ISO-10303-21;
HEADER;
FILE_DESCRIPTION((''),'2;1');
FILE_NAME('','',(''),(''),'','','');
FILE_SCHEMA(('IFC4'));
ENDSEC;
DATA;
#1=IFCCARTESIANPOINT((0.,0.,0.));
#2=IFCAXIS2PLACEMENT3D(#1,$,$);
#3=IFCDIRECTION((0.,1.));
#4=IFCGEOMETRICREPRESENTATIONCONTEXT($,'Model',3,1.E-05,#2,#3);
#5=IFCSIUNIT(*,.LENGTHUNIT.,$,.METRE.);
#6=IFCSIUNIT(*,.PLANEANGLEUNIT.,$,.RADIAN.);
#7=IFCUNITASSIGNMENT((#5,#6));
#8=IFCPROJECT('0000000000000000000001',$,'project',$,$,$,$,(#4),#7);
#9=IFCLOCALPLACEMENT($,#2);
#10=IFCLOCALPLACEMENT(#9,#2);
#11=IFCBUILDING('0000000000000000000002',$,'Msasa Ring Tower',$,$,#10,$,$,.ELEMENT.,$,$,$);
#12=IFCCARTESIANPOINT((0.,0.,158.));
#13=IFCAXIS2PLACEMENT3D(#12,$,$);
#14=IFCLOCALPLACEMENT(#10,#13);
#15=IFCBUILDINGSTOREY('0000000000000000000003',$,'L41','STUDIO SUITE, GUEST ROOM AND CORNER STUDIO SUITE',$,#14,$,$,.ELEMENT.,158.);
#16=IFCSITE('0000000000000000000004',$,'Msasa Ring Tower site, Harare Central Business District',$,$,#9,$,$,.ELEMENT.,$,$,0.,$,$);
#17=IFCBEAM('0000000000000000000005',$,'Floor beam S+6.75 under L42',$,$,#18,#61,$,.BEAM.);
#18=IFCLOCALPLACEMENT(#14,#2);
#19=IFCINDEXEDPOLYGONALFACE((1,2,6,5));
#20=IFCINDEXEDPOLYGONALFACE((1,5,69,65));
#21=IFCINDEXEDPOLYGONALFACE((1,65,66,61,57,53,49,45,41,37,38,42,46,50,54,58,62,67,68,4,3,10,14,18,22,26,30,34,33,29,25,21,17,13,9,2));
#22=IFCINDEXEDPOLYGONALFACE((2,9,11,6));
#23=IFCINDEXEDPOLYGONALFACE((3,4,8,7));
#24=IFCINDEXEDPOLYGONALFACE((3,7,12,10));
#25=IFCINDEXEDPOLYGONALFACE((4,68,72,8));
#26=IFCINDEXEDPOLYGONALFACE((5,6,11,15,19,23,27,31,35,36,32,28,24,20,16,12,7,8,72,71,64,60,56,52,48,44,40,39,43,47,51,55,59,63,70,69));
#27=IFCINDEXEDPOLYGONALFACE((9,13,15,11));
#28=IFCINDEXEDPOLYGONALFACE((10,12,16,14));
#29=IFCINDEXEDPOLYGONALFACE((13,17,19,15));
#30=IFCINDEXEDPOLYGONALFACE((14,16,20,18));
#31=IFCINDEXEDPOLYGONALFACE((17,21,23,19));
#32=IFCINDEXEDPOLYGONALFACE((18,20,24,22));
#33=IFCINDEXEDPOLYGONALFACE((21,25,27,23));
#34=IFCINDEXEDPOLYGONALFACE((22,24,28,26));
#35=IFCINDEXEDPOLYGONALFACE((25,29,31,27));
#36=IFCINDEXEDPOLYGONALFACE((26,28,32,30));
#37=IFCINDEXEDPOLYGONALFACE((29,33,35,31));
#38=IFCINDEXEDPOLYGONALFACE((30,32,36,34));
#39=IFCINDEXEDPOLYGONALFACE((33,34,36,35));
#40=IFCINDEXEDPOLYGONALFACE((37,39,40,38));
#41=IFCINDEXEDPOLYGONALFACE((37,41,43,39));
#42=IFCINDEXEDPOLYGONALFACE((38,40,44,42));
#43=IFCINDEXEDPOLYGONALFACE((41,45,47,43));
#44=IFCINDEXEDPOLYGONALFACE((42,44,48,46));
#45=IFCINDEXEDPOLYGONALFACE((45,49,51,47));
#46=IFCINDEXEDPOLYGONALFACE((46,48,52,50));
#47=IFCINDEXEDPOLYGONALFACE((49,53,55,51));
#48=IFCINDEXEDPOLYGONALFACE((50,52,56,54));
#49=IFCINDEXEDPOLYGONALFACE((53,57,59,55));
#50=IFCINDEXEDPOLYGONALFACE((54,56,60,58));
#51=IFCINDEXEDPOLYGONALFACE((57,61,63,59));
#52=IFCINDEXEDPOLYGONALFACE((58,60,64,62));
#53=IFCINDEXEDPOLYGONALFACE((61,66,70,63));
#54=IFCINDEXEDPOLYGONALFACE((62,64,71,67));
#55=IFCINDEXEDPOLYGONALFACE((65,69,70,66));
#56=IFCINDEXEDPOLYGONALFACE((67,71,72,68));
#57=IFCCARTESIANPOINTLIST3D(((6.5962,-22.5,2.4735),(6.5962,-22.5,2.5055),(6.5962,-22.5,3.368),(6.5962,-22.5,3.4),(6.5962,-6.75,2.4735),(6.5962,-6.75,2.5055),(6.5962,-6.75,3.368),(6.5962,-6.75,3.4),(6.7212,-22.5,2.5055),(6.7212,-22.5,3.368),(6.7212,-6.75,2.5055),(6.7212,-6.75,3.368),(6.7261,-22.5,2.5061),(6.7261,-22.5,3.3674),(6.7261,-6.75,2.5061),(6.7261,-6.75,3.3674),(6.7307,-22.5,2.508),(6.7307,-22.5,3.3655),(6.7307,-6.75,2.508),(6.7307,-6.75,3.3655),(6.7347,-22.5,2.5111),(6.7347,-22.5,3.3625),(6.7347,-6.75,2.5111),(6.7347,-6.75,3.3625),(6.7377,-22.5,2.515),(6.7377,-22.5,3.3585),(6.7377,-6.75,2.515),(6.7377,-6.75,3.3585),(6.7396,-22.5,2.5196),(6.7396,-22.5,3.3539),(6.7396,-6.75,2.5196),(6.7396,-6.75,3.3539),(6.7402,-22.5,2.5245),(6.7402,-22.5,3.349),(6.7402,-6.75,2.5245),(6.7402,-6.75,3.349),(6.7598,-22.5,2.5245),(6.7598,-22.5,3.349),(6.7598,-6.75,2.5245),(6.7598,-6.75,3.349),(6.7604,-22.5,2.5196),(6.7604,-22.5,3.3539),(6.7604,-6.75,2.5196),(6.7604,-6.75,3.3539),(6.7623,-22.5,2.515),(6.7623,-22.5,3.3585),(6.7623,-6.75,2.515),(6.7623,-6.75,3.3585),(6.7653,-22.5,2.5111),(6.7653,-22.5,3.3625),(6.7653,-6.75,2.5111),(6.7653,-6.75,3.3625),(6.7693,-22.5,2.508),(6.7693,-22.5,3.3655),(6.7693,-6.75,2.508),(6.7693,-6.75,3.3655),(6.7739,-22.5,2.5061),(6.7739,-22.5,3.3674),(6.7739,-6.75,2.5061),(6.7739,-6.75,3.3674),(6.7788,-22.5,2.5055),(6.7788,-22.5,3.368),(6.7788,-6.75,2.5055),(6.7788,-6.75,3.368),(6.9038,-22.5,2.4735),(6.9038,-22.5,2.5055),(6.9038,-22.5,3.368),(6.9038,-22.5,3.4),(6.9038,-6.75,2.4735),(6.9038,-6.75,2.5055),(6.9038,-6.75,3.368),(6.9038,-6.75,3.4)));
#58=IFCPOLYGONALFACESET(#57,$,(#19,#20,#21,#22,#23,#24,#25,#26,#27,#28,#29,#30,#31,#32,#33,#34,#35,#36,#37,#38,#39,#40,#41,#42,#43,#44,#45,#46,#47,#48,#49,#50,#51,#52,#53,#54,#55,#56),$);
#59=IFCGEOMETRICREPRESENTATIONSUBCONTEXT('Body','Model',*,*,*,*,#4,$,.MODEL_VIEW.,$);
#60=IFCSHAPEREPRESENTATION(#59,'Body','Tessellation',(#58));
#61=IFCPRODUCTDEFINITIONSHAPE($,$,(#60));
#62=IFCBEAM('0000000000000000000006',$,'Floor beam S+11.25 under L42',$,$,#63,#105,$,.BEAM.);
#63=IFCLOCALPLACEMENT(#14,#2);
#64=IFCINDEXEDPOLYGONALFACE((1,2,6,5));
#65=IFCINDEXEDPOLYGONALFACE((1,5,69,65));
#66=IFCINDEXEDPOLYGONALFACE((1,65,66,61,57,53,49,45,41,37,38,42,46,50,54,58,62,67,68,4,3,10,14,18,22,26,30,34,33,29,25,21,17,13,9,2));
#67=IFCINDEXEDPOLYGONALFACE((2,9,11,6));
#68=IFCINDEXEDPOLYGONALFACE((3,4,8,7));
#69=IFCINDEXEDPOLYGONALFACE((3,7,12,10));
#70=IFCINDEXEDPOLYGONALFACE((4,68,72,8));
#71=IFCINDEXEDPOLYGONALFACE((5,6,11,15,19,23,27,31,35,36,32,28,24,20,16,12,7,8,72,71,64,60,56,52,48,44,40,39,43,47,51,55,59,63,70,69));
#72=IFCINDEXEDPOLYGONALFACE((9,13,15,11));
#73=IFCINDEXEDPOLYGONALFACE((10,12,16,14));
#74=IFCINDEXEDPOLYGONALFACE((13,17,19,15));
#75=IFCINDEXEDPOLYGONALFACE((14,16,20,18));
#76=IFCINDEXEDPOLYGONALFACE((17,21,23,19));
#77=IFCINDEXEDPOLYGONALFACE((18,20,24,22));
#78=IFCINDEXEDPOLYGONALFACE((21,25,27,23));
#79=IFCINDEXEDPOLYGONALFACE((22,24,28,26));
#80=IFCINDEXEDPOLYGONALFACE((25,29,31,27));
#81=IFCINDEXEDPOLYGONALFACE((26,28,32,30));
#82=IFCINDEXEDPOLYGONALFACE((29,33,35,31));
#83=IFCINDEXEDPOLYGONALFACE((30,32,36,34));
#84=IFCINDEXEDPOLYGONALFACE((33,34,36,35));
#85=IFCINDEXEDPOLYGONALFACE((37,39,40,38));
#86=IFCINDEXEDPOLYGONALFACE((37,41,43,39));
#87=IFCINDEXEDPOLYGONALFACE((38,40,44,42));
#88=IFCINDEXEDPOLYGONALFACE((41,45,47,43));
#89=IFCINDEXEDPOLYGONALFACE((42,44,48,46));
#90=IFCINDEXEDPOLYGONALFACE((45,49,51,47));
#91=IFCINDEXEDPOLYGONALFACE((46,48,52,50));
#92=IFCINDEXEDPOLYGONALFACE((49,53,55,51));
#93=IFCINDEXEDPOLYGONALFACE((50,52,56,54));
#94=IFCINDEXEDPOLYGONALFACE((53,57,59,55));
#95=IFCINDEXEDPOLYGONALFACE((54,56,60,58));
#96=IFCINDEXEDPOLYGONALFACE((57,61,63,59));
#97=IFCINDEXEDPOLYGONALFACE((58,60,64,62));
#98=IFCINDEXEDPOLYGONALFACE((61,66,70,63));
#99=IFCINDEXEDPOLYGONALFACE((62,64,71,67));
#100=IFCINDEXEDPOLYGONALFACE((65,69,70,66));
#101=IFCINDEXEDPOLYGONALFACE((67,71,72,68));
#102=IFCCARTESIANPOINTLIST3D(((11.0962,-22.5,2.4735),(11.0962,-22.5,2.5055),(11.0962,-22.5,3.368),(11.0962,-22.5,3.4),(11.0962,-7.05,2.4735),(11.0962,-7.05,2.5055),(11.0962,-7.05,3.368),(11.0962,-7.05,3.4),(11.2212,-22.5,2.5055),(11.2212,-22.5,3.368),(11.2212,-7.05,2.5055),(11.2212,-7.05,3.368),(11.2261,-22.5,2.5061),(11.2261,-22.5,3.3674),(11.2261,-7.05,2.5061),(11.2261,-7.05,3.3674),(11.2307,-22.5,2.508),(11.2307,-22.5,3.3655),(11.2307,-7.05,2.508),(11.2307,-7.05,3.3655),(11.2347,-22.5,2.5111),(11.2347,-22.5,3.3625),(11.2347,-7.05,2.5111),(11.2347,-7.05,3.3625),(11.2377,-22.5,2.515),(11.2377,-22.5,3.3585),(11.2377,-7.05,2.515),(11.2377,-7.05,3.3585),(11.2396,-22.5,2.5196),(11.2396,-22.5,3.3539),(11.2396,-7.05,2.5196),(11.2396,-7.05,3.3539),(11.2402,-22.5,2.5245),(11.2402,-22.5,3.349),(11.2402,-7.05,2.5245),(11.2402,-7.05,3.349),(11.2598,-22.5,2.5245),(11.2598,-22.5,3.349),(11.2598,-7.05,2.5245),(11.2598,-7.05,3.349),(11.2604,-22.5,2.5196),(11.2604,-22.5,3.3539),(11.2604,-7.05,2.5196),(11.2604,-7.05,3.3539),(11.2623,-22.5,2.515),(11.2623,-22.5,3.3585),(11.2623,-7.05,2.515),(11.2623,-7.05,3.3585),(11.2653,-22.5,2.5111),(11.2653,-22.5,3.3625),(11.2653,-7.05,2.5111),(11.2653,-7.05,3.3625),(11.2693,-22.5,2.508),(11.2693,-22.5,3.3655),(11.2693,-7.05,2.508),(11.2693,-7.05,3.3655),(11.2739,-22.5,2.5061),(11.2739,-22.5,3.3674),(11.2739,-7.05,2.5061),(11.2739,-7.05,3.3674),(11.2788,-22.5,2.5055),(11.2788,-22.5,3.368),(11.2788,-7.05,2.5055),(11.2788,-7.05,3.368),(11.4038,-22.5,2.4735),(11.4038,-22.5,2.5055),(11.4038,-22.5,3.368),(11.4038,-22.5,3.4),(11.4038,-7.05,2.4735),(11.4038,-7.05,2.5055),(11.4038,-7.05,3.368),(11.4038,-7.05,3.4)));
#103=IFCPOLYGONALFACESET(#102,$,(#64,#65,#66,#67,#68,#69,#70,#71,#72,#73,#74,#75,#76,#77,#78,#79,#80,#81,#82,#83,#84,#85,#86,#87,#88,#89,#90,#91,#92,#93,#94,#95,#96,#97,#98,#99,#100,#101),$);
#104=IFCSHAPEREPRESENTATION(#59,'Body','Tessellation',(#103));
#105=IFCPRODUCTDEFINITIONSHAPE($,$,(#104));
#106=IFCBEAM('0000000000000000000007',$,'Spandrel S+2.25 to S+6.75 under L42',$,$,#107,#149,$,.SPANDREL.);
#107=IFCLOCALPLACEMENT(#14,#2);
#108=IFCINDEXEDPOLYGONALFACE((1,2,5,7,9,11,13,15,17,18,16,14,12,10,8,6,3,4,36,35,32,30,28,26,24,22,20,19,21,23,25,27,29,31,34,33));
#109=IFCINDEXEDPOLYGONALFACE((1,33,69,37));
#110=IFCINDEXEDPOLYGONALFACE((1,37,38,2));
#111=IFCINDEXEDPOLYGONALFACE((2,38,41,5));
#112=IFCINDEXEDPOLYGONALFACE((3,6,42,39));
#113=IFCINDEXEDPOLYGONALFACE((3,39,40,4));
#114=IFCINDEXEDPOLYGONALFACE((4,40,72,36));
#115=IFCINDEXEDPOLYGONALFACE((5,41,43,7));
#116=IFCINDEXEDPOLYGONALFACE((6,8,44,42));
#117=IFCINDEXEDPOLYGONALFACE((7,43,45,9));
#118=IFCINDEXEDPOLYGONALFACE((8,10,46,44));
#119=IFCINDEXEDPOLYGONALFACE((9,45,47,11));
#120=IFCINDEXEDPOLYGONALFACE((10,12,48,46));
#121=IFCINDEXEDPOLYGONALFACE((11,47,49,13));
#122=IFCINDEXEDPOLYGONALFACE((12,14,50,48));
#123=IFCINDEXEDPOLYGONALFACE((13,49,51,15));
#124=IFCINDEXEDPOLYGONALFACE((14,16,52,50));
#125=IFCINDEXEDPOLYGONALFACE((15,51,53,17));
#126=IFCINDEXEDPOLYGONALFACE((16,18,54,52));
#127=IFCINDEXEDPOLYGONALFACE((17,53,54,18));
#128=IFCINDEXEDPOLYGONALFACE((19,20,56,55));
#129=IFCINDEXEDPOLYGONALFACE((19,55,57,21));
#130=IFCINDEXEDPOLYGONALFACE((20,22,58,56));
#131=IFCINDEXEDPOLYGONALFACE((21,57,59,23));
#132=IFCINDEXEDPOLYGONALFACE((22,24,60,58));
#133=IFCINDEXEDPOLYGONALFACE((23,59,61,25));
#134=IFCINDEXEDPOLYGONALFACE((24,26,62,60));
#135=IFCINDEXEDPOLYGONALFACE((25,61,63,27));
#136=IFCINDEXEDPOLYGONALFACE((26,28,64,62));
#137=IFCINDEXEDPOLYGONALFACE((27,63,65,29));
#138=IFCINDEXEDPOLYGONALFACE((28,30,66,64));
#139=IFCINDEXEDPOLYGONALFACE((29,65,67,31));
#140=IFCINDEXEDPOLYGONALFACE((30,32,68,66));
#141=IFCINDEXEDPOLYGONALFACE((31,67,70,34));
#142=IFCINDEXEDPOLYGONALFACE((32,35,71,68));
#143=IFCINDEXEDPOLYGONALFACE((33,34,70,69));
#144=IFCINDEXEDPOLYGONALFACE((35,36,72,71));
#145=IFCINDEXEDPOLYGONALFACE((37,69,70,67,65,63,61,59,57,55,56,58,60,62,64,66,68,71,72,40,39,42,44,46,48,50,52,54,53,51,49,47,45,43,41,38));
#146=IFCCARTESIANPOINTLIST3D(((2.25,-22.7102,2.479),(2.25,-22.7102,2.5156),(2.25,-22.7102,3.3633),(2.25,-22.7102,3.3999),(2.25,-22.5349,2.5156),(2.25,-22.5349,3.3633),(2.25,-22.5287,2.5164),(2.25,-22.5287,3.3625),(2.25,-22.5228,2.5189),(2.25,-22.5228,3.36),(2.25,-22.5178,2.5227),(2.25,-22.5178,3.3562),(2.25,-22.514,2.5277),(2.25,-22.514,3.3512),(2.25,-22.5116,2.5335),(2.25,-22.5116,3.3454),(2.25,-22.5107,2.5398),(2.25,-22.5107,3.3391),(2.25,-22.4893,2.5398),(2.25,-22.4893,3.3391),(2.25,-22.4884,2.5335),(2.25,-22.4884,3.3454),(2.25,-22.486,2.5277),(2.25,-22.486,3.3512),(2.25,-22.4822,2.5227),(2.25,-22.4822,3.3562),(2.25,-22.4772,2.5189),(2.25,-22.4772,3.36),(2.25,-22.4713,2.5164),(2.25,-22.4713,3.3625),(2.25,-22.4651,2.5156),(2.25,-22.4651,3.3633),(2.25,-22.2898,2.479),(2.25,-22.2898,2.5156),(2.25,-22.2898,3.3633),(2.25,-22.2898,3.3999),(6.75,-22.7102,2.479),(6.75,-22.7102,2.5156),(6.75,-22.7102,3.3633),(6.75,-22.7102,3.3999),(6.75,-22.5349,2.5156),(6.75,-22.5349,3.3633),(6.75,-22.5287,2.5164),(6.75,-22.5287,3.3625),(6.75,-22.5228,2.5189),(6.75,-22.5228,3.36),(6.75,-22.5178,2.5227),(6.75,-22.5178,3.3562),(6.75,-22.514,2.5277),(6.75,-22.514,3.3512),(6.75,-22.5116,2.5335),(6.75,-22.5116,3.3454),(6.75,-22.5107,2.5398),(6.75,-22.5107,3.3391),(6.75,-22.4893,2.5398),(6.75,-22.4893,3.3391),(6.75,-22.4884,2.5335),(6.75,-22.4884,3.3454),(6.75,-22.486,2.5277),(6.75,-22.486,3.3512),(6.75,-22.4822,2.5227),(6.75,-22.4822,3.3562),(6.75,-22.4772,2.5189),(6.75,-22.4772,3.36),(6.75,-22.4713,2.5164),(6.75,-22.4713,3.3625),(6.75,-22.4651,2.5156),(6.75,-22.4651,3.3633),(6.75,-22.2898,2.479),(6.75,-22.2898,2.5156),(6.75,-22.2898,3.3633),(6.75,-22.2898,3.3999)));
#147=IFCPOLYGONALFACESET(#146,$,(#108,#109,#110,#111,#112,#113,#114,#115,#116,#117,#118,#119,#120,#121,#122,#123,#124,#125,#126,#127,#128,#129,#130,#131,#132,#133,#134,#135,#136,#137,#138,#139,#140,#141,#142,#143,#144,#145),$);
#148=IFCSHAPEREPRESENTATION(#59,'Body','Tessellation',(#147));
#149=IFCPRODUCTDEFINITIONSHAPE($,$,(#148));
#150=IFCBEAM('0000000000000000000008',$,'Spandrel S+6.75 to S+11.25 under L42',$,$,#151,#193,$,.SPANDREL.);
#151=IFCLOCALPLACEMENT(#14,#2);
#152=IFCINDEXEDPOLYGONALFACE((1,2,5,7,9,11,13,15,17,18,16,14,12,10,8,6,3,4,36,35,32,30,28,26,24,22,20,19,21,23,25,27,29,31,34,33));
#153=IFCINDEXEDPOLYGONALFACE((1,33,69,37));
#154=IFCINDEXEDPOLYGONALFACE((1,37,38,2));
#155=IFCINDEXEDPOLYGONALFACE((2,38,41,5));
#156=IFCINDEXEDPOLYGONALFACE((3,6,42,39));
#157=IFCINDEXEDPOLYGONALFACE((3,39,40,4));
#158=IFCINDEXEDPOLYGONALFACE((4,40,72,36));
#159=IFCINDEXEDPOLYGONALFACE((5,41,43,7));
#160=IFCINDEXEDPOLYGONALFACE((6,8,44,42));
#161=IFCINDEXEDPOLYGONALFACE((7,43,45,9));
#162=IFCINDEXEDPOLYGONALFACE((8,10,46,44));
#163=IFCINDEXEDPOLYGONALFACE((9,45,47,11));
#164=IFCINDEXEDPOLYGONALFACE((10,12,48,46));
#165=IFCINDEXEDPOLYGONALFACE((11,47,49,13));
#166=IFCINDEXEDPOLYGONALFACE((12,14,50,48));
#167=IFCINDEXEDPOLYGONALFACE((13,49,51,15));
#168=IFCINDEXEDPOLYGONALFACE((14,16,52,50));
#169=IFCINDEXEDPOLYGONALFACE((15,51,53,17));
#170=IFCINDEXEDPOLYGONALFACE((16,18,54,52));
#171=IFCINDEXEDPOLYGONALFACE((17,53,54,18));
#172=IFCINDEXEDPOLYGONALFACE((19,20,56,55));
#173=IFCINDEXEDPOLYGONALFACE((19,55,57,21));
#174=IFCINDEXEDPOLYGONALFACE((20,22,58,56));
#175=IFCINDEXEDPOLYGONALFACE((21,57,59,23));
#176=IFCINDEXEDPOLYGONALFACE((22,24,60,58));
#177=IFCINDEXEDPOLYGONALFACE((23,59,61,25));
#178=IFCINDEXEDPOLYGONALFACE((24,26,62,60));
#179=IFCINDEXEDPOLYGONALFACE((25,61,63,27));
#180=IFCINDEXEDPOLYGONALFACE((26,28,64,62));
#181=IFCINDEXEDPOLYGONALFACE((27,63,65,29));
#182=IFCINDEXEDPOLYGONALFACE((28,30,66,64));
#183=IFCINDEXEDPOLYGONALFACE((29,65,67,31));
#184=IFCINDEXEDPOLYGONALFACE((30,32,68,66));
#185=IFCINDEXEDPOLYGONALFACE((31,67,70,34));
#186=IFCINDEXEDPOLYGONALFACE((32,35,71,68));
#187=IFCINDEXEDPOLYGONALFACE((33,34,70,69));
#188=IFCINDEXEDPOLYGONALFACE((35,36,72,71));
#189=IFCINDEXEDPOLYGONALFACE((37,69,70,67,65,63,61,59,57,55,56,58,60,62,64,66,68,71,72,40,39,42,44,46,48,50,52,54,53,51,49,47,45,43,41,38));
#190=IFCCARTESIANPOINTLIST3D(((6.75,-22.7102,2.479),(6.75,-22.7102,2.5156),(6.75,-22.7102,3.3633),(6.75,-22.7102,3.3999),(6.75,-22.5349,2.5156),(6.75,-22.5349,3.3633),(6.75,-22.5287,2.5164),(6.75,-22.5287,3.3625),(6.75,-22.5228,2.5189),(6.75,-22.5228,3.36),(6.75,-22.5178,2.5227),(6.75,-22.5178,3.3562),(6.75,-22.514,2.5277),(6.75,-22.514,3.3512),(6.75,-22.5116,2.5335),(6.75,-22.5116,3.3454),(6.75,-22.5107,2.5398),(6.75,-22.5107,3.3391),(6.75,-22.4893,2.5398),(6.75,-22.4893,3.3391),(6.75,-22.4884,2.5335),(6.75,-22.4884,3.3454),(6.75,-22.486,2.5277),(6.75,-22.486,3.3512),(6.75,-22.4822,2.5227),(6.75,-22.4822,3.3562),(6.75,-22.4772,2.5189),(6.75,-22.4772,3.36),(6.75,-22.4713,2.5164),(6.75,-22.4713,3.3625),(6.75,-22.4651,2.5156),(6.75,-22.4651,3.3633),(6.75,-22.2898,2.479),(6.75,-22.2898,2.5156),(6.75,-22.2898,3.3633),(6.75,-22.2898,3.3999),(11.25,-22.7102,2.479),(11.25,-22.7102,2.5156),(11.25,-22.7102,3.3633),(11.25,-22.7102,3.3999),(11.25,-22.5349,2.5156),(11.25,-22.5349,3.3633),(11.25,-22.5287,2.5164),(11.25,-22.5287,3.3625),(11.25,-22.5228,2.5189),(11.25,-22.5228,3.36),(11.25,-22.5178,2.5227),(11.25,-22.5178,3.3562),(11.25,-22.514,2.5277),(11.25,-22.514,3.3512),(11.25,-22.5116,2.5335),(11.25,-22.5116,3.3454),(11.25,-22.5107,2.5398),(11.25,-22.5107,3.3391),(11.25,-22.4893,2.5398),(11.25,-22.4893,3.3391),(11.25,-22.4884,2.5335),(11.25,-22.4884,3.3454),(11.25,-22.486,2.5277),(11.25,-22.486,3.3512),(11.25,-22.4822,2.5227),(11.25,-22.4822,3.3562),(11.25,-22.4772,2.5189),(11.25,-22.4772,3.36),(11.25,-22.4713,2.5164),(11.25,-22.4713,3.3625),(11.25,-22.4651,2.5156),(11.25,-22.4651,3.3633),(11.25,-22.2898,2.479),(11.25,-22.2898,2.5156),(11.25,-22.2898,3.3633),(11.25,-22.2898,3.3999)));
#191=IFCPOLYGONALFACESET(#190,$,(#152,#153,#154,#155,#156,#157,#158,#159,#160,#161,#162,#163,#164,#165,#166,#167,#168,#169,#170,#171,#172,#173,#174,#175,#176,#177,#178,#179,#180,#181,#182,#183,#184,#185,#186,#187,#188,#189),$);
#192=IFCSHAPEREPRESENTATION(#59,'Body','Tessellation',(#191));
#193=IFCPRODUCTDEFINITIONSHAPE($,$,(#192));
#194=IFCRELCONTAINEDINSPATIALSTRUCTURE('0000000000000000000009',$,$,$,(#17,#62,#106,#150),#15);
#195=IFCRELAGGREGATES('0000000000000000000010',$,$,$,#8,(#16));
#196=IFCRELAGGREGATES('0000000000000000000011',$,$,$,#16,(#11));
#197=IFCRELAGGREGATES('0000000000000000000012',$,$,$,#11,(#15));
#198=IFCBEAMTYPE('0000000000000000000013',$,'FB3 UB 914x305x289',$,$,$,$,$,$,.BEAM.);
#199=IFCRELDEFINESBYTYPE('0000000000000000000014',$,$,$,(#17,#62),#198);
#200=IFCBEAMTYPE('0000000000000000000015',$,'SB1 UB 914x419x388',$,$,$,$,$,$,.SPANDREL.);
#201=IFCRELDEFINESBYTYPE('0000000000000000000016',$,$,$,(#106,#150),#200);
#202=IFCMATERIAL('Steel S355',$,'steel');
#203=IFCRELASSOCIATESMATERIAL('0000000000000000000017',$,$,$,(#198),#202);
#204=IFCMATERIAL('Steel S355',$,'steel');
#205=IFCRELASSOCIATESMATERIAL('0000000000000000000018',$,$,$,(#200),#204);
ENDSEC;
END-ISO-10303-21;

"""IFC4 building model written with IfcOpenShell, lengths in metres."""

from ifc_helpers import new_model, si_unit, direction, frame, origin, origin_2d, place, context, subcontext, project, spatial, i_section, extrude, material, material_profile, profile_set, type_object, element, save


model = new_model("IFC4")

# Units and contexts
model_context = context("Model", 3, precision=1e-05, world=origin(), true_north=direction((0.0, 1.0)))
body_context = subcontext(model_context, "Body", "Model", "MODEL_VIEW")
ifc_project = project(units=[si_unit("LENGTHUNIT", "METRE"), si_unit("PLANEANGLEUNIT", "RADIAN")], contexts=[model_context])

# Site, building, storey
site_placement = place(None, origin())
site = spatial("IfcSite", under=ifc_project, at=site_placement, Name="Msasa Ring Tower site, Harare Central Business District", CompositionType="ELEMENT", RefElevation=0.0)
building_placement = place(site_placement, origin())
building = spatial("IfcBuilding", under=site, at=building_placement, Name="Msasa Ring Tower", CompositionType="ELEMENT")
storey_placement = place(building_placement, frame((0.0, 0.0, 158.0)))
storey = spatial("IfcBuildingStorey", under=building, at=storey_placement, Name="L41", Description="STUDIO SUITE, GUEST ROOM AND CORNER STUDIO SUITE", CompositionType="ELEMENT", Elevation=158.0)

# Beams
ifc_material_1 = material(Name="Steel S355", Category="steel")
ifc_material_profile_1 = material_profile(ifc_material_1, i_section(OverallWidth=0.3076, OverallDepth=0.9265, WebThickness=0.0195, FlangeThickness=0.032, FilletRadius=0.019, at=origin_2d()), Name="UB 914x305x289")
ifc_profile_set_1 = profile_set([ifc_material_profile_1], Name="Steel S355")
beam_type_1 = type_object("IfcBeamType", Name="FB3 UB 914x305x289", PredefinedType="BEAM", material=ifc_profile_set_1)
for number, where, z_axis, x_axis, name in (
    (1, (6.75, -22.5, 2.9368), (0.0, 1.0, 0.0), (-1.0, 0.0, 0.0), "Floor beam S+6.75 under L42"),
):
    element("IfcBeam", number, at=place(storey_placement, frame(where, z_axis=z_axis, x_axis=x_axis)), inside=storey, type_object=beam_type_1, Name=name, PredefinedType="BEAM", context=body_context, shape_type="SweptSolid", body=[
        extrude(i_section(OverallWidth=0.3076, OverallDepth=0.9265, WebThickness=0.0195, FlangeThickness=0.032, FilletRadius=0.019, at=origin_2d()), origin(), (0.0, 0.0, 1.0), 15.75),
    ])
beam_placement = place(storey_placement, frame((11.25, -22.5, 2.9368), z_axis=(0.0, 1.0, 0.0), x_axis=(-1.0, 0.0, 0.0)))
element("IfcBeam", 2, at=beam_placement, inside=storey, type_object=beam_type_1, Name="Floor beam S+11.25 under L42", PredefinedType="BEAM", context=body_context, shape_type="SweptSolid", body=[
    extrude(i_section(OverallWidth=0.3076, OverallDepth=0.9265, WebThickness=0.0195, FlangeThickness=0.032, FilletRadius=0.019, at=origin_2d()), origin(), (0.0, 0.0, 1.0), 15.45),
])
ifc_material_2 = material(Name="Steel S355", Category="steel")
ifc_material_profile_2 = material_profile(ifc_material_2, i_section(OverallWidth=0.4204, OverallDepth=0.9209, WebThickness=0.0215, FlangeThickness=0.0366, FilletRadius=0.0242, at=origin_2d()), Name="UB 914x419x388")
ifc_profile_set_2 = profile_set([ifc_material_profile_2], Name="Steel S355")
beam_type_2 = type_object("IfcBeamType", Name="SB1 UB 914x419x388", PredefinedType="SPANDREL", material=ifc_profile_set_2)
for number, where, z_axis, x_axis, name in (
    (3, (2.25, -22.5, 2.9395), (1.0, 0.0, 0.0), (0.0, 1.0, 0.0), "Spandrel S+2.25 to S+6.75 under L42"),
    (4, (6.75, -22.5, 2.9395), (1.0, 0.0, 0.0), (0.0, 1.0, 0.0), "Spandrel S+6.75 to S+11.25 under L42"),
):
    element("IfcBeam", number, at=place(storey_placement, frame(where, z_axis=z_axis, x_axis=x_axis)), inside=storey, type_object=beam_type_2, Name=name, PredefinedType="SPANDREL", context=body_context, shape_type="SweptSolid", body=[
        extrude(i_section(OverallWidth=0.4204, OverallDepth=0.9209, WebThickness=0.0215, FlangeThickness=0.0366, FilletRadius=0.0242, at=origin_2d()), origin(), (0.0, 0.0, 1.0), 4.5),
    ])

save(model, "model.ifc")
